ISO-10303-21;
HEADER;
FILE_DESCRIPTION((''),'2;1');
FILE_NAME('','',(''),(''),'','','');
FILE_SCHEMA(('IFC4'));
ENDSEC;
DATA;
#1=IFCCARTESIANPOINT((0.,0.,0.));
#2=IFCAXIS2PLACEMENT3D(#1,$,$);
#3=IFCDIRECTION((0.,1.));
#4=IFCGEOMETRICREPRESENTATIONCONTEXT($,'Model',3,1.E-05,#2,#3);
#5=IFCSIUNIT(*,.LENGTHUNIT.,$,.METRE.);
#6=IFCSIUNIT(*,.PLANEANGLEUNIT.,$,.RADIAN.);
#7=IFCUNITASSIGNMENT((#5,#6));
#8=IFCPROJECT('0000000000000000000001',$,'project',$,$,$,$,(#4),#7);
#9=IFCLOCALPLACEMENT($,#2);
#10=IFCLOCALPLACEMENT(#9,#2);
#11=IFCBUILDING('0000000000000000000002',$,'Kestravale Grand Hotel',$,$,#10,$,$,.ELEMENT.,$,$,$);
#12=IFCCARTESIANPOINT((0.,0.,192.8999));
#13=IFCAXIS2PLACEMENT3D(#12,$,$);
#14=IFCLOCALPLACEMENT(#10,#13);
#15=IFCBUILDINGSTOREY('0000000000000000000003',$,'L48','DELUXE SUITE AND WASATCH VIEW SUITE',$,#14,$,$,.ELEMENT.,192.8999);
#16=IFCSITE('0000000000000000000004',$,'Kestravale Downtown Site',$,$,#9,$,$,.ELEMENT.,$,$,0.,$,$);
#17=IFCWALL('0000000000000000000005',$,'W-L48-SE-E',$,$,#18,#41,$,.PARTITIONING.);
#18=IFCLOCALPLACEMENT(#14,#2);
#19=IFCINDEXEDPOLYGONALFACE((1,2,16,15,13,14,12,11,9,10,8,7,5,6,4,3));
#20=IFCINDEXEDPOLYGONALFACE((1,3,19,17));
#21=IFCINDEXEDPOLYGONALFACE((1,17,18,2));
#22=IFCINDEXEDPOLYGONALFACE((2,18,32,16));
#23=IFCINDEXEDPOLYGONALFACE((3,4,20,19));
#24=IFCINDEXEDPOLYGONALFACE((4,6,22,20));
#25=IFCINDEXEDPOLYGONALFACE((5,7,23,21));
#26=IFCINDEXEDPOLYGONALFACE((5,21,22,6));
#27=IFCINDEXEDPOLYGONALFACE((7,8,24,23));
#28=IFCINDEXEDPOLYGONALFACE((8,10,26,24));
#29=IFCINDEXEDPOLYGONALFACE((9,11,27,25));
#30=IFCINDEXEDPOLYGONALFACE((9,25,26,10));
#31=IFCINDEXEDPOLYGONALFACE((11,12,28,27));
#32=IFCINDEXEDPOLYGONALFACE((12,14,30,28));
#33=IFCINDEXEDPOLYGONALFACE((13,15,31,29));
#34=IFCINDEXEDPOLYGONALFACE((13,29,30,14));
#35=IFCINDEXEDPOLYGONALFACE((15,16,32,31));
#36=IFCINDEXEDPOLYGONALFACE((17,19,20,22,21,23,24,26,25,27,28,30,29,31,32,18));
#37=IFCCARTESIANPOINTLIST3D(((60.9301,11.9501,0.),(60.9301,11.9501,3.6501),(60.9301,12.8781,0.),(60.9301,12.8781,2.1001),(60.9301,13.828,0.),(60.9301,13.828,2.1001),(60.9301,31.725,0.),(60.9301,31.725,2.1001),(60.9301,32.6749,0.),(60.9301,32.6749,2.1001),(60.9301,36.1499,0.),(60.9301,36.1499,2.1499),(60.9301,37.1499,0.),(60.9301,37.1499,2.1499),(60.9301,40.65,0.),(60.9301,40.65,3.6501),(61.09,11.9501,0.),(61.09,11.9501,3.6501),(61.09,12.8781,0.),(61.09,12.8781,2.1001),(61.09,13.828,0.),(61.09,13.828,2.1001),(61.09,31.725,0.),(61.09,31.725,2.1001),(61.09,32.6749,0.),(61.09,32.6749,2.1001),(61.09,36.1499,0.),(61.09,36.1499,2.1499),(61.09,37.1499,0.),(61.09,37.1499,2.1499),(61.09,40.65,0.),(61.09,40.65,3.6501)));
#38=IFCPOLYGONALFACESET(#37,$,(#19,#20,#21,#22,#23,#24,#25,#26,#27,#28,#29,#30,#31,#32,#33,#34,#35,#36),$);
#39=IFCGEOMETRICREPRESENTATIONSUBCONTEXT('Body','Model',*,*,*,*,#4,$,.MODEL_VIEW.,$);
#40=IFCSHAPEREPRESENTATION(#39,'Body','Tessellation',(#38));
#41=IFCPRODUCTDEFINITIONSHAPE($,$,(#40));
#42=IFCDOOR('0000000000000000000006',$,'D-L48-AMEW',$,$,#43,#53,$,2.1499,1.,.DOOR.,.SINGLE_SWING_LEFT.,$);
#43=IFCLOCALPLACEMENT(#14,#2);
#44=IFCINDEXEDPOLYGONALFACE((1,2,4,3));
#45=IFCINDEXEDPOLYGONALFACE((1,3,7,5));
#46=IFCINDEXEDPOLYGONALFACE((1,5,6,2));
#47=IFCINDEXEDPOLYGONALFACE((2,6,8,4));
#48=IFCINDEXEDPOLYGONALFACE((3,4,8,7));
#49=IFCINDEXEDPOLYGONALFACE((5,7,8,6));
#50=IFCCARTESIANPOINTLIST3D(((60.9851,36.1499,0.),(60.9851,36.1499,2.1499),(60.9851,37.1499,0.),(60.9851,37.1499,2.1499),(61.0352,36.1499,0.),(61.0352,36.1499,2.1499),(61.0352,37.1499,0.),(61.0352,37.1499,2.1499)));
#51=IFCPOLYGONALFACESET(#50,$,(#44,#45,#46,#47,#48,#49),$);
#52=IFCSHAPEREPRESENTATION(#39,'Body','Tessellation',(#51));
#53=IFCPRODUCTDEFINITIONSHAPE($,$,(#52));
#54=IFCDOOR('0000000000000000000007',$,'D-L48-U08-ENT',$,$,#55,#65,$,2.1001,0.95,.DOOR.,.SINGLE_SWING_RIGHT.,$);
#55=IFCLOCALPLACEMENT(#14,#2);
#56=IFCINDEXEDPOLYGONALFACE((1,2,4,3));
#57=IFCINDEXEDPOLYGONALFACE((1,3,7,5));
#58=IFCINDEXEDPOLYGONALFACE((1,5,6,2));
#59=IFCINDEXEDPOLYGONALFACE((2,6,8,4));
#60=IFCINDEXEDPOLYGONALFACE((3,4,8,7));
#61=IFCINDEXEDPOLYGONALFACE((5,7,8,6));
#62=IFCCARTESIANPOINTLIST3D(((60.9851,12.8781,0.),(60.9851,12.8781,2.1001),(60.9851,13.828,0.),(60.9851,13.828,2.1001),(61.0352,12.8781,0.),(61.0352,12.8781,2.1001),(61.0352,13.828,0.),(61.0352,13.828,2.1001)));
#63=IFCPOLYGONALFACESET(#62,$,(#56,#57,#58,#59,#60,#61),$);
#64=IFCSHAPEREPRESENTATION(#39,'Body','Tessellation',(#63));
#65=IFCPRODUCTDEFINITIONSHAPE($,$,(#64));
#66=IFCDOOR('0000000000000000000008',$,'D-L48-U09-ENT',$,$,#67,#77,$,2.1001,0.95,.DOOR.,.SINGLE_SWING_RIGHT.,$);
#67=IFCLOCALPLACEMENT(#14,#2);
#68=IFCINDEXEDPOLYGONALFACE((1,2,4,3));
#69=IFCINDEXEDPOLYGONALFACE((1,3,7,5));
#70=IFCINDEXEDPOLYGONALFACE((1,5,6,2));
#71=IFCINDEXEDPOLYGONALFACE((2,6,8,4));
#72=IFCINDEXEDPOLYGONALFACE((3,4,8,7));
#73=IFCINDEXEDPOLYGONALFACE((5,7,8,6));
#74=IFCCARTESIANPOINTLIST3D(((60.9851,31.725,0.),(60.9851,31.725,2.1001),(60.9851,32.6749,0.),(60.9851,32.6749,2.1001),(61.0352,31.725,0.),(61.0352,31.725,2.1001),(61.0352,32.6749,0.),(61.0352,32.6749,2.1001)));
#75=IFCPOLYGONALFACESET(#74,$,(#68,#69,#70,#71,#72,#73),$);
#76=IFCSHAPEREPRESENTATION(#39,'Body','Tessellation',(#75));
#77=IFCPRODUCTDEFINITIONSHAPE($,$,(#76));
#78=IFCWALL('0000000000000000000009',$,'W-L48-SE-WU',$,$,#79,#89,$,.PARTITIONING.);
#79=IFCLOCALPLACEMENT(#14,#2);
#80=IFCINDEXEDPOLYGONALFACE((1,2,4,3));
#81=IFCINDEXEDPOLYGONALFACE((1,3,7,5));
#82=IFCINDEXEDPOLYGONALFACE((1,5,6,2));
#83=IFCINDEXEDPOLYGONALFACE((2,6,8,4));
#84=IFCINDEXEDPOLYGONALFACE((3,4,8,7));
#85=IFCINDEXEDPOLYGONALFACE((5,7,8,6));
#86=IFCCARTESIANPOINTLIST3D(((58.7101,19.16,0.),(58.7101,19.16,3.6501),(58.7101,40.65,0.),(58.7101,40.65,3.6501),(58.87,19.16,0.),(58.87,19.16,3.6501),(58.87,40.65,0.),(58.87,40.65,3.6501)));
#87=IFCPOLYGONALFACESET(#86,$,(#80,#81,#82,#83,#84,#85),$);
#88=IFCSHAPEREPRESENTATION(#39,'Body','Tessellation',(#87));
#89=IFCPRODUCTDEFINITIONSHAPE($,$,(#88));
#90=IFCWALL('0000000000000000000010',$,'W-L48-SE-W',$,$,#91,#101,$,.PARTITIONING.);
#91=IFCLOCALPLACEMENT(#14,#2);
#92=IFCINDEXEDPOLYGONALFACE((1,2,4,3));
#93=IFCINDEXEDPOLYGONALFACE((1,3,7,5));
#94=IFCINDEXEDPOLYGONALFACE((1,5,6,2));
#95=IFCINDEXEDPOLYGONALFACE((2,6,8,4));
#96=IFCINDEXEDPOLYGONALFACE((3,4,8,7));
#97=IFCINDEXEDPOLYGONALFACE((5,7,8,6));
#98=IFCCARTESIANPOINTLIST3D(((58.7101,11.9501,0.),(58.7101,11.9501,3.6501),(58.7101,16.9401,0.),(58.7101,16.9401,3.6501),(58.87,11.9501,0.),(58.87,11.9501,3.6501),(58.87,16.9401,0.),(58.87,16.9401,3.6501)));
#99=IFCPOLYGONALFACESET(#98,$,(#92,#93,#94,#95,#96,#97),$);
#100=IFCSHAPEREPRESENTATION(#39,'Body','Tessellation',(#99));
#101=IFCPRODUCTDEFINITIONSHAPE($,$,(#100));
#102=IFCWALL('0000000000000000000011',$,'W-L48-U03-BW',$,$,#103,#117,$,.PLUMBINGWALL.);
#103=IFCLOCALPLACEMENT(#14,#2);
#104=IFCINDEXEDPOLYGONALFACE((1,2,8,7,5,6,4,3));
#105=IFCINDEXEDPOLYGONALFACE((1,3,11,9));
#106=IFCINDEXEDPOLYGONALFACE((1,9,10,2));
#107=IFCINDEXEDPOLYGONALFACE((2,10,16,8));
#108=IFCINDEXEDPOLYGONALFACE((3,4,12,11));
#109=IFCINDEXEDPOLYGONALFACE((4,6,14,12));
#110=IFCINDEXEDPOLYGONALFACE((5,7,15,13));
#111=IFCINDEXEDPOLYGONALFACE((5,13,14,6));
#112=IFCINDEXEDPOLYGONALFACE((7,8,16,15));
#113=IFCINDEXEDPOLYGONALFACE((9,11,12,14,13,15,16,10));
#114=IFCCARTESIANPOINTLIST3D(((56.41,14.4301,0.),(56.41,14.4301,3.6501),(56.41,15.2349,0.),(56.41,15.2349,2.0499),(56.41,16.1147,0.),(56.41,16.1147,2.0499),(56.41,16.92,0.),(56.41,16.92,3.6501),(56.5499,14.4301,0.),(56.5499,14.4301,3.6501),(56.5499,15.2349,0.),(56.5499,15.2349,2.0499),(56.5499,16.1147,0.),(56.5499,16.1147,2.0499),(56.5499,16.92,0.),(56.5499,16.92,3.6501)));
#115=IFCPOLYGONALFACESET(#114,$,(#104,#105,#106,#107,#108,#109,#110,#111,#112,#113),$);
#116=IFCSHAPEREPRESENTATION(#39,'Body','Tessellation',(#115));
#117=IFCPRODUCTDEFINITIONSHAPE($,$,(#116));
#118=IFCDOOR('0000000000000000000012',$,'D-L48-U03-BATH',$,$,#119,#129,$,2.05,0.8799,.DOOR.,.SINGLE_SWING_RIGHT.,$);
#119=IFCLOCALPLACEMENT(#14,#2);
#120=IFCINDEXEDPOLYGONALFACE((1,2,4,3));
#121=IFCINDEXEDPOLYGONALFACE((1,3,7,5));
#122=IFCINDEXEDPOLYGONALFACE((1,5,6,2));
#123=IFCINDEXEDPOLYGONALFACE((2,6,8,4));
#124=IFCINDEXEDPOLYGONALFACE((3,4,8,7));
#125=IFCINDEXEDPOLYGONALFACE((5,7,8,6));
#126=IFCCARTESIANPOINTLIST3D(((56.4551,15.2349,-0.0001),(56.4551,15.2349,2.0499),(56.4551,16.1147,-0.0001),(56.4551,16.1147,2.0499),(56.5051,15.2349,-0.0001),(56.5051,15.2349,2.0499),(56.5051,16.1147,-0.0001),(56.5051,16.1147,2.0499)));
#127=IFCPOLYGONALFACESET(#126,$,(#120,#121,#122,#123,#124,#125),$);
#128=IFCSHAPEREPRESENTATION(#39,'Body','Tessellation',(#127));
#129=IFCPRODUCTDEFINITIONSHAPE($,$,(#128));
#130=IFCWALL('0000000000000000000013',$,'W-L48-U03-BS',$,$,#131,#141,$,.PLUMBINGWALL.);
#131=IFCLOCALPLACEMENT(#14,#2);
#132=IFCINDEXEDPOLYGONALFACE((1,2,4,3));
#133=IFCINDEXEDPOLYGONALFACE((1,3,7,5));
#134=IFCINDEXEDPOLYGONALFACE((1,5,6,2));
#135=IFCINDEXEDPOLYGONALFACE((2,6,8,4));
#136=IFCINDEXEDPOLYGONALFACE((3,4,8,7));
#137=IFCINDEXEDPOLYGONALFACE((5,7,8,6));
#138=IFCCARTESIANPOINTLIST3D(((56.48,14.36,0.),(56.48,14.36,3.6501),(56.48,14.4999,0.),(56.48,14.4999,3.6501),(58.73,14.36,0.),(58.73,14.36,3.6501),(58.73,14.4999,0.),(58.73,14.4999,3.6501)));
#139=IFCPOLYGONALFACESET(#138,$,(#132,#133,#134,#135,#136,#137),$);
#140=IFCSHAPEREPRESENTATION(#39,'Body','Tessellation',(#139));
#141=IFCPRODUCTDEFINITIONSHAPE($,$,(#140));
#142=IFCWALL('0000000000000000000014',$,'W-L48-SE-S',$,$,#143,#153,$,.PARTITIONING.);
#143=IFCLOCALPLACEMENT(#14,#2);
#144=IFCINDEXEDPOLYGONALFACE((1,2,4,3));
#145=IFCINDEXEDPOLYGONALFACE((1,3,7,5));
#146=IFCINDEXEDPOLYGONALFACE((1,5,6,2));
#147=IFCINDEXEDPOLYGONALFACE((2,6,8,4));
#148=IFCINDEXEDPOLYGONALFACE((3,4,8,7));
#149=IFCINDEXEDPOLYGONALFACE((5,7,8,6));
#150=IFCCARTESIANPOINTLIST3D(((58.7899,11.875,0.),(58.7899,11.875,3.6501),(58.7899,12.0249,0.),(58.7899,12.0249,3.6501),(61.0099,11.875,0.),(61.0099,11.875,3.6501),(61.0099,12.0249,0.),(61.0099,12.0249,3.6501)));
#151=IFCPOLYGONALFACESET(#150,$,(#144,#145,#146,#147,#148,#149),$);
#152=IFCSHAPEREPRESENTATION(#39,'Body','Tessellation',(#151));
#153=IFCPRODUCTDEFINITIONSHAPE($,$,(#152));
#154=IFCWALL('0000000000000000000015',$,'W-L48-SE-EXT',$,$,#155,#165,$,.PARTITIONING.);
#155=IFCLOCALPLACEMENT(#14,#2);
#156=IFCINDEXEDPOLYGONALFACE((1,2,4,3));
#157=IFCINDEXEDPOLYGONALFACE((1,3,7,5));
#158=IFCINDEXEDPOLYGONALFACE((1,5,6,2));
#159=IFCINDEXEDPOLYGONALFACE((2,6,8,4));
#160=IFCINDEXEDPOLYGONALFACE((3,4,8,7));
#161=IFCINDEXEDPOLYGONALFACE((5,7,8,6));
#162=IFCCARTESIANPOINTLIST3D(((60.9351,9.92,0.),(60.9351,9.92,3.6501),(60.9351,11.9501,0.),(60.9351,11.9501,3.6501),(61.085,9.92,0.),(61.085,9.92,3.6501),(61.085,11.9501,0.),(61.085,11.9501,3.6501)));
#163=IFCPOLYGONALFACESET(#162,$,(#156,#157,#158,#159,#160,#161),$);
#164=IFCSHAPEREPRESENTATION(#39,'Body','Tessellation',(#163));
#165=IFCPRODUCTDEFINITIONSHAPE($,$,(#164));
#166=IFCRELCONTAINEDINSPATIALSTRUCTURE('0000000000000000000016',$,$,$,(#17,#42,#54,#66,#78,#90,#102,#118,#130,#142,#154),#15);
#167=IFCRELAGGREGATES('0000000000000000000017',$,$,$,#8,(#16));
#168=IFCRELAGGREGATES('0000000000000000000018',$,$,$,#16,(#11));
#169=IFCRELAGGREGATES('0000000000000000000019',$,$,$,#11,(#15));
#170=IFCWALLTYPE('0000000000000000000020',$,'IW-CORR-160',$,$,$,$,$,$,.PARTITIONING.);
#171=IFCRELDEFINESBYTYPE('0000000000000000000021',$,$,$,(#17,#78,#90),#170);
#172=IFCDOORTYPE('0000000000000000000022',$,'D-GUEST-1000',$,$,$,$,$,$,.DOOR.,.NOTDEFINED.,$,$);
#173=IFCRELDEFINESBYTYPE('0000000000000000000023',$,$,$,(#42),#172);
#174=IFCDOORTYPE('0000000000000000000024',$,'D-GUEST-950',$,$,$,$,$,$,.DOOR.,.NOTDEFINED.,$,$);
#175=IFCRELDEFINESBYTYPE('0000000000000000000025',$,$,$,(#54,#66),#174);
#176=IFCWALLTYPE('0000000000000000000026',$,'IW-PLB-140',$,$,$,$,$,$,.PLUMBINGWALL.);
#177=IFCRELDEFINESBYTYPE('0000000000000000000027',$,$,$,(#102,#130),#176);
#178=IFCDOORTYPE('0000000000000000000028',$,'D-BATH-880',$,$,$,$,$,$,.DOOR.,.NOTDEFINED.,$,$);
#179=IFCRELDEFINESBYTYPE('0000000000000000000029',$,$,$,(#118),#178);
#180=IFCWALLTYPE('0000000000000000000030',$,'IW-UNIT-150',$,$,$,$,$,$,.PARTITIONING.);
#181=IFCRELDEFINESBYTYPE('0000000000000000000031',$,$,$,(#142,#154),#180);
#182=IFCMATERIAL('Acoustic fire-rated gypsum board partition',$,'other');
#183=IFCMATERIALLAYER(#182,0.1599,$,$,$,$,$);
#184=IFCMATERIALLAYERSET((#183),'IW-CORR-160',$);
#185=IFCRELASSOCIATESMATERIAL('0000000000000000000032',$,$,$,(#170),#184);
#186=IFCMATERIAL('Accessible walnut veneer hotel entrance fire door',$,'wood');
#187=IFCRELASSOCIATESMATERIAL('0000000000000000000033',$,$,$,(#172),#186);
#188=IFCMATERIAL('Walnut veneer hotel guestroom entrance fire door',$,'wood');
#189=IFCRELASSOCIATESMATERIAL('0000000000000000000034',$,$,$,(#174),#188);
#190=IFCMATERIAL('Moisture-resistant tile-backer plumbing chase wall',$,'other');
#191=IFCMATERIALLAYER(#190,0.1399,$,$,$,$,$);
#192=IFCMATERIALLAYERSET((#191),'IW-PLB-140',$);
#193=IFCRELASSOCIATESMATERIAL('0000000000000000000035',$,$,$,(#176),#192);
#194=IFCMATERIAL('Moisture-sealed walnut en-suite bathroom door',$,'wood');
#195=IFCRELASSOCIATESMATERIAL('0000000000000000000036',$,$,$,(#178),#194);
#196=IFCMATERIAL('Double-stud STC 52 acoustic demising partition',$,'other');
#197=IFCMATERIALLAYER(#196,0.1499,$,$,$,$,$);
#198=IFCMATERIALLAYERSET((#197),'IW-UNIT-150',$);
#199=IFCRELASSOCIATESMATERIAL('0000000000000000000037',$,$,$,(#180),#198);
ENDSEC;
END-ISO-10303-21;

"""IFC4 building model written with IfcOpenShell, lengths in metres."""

from ifc_helpers import new_model, si_unit, direction, frame, frame_2d, origin, place, context, subcontext, project, spatial, rectangle, extrude, material, layer, layer_set, type_object, element, fill, save


model = new_model("IFC4")

# Units and contexts
model_context = context("Model", 3, precision=1e-05, world=origin(), true_north=direction((0.0, 1.0)))
body_context = subcontext(model_context, "Body", "Model", "MODEL_VIEW")
ifc_project = project(units=[si_unit("LENGTHUNIT", "METRE"), si_unit("PLANEANGLEUNIT", "RADIAN")], contexts=[model_context])

# Site, building, storey
site_placement = place(None, origin())
site = spatial("IfcSite", under=ifc_project, at=site_placement, Name="Kestravale Downtown Site", CompositionType="ELEMENT", RefElevation=0.0)
building_placement = place(site_placement, origin())
building = spatial("IfcBuilding", under=site, at=building_placement, Name="Kestravale Grand Hotel", CompositionType="ELEMENT")
storey_placement = place(building_placement, frame((0.0, 0.0, 192.8999)))
storey = spatial("IfcBuildingStorey", under=building, at=storey_placement, Name="L48", Description="DELUXE SUITE AND WASATCH VIEW SUITE", CompositionType="ELEMENT", Elevation=192.8999)

# Wall, openings, doors
ifc_material_1 = material(Name="Acoustic fire-rated gypsum board partition", Category="other")
ifc_layer_1 = layer(ifc_material_1, 0.1599)
ifc_layer_set_1 = layer_set([ifc_layer_1], Name="IW-CORR-160")
wall_type_1 = type_object("IfcWallType", Name="IW-CORR-160", PredefinedType="PARTITIONING", material=ifc_layer_set_1)
wall_1_placement = place(storey_placement, frame((61.01, 11.95, 0.0), z_axis=(0.0, 0.0, 1.0), x_axis=(0.0, 1.0, 0.0)))
wall_1 = element("IfcWall", 1, at=wall_1_placement, inside=storey, type_object=wall_type_1, Name="W-L48-SE-E", PredefinedType="PARTITIONING", context=body_context, shape_type="SweptSolid", body=[
    extrude(rectangle(XDim=28.7, YDim=0.1599, at=frame_2d((14.3501, 0.0))), origin(), (0.0, 0.0, 1.0), 3.6501),
])
opening_1_placement = place(wall_1_placement, frame((0.928, 0.0, 0.0)))
opening_1 = element("IfcOpeningElement", 2, at=opening_1_placement, cuts=wall_1, PredefinedType="OPENING", context=body_context, shape_type="SweptSolid", body=[
    extrude(rectangle(XDim=0.95, YDim=2.1001, at=frame_2d((0.4751, 1.05))), frame((0.0, 0.0898, 0.0), z_axis=(0.0, -1.0, 0.0), x_axis=(1.0, 0.0, 0.0)), (0.0, 0.0, 1.0), 0.1799),
])
opening_2_placement = place(wall_1_placement, frame((19.7749, 0.0, 0.0)))
opening_2 = element("IfcOpeningElement", 3, at=opening_2_placement, cuts=wall_1, PredefinedType="OPENING", context=body_context, shape_type="SweptSolid", body=[
    extrude(rectangle(XDim=0.95, YDim=2.1001, at=frame_2d((0.4751, 1.05))), frame((0.0, 0.0898, 0.0), z_axis=(0.0, -1.0, 0.0), x_axis=(1.0, 0.0, 0.0)), (0.0, 0.0, 1.0), 0.1799),
])
opening_3_placement = place(wall_1_placement, frame((24.2, 0.0, 0.0)))
opening_3 = element("IfcOpeningElement", 4, at=opening_3_placement, cuts=wall_1, PredefinedType="OPENING", context=body_context, shape_type="SweptSolid", body=[
    extrude(rectangle(XDim=1.0, YDim=2.1499, at=frame_2d((0.5, 1.075))), frame((0.0, 0.0898, 0.0), z_axis=(0.0, -1.0, 0.0), x_axis=(1.0, 0.0, 0.0)), (0.0, 0.0, 1.0), 0.1799),
])
ifc_material_2 = material(Name="Accessible walnut veneer hotel entrance fire door", Category="wood")
door_type_1 = type_object("IfcDoorType", Name="D-GUEST-1000", OperationType="NOTDEFINED", PredefinedType="DOOR", material=ifc_material_2)
door_1_placement = place(opening_3_placement, origin())
door_1 = element("IfcDoor", 5, at=door_1_placement, inside=storey, type_object=door_type_1, Name="D-L48-AMEW", OperationType="SINGLE_SWING_LEFT", OverallHeight=2.1499, OverallWidth=1.0, PredefinedType="DOOR", context=body_context, shape_type="SweptSolid", body=[
    extrude(rectangle(XDim=1.0, YDim=2.1499, at=frame_2d((0.5, 1.075))), frame((0.0, 0.0249, 0.0), z_axis=(0.0, -1.0, 0.0), x_axis=(1.0, 0.0, 0.0)), (0.0, 0.0, 1.0), 0.05),
])
fill(opening_3, door_1)
ifc_material_3 = material(Name="Walnut veneer hotel guestroom entrance fire door", Category="wood")
door_type_2 = type_object("IfcDoorType", Name="D-GUEST-950", OperationType="NOTDEFINED", PredefinedType="DOOR", material=ifc_material_3)
door_2_placement = place(opening_1_placement, origin())
door_2 = element("IfcDoor", 6, at=door_2_placement, inside=storey, type_object=door_type_2, Name="D-L48-U08-ENT", OperationType="SINGLE_SWING_RIGHT", OverallHeight=2.1001, OverallWidth=0.95, PredefinedType="DOOR", context=body_context, shape_type="SweptSolid", body=[
    extrude(rectangle(XDim=0.95, YDim=2.1001, at=frame_2d((0.4751, 1.05))), frame((0.0, 0.0249, 0.0), z_axis=(0.0, -1.0, 0.0), x_axis=(1.0, 0.0, 0.0)), (0.0, 0.0, 1.0), 0.05),
])
fill(opening_1, door_2)
door_3_placement = place(opening_2_placement, origin())
door_3 = element("IfcDoor", 7, at=door_3_placement, inside=storey, type_object=door_type_2, Name="D-L48-U09-ENT", OperationType="SINGLE_SWING_RIGHT", OverallHeight=2.1001, OverallWidth=0.95, PredefinedType="DOOR", context=body_context, shape_type="SweptSolid", body=[
    extrude(rectangle(XDim=0.95, YDim=2.1001, at=frame_2d((0.4751, 1.05))), frame((0.0, 0.0249, 0.0), z_axis=(0.0, -1.0, 0.0), x_axis=(1.0, 0.0, 0.0)), (0.0, 0.0, 1.0), 0.05),
])
fill(opening_2, door_3)

# Walls
wall_2_placement = place(storey_placement, frame((58.79, 19.1599, 0.0), z_axis=(0.0, 0.0, 1.0), x_axis=(0.0, 1.0, 0.0)))
element("IfcWall", 8, at=wall_2_placement, inside=storey, type_object=wall_type_1, Name="W-L48-SE-WU", PredefinedType="PARTITIONING", context=body_context, shape_type="SweptSolid", body=[
    extrude(rectangle(XDim=21.49, YDim=0.1599, at=frame_2d((10.7451, 0.0))), origin(), (0.0, 0.0, 1.0), 3.6501),
])
wall_3_placement = place(storey_placement, frame((58.79, 11.95, 0.0), z_axis=(0.0, 0.0, 1.0), x_axis=(0.0, 1.0, 0.0)))
element("IfcWall", 9, at=wall_3_placement, inside=storey, type_object=wall_type_1, Name="W-L48-SE-W", PredefinedType="PARTITIONING", context=body_context, shape_type="SweptSolid", body=[
    extrude(rectangle(XDim=4.99, YDim=0.1599, at=frame_2d((2.4951, 0.0))), origin(), (0.0, 0.0, 1.0), 3.6501),
])

# Wall, opening, door
ifc_material_4 = material(Name="Moisture-resistant tile-backer plumbing chase wall", Category="other")
ifc_layer_2 = layer(ifc_material_4, 0.1399)
ifc_layer_set_2 = layer_set([ifc_layer_2], Name="IW-PLB-140")
wall_type_2 = type_object("IfcWallType", Name="IW-PLB-140", PredefinedType="PLUMBINGWALL", material=ifc_layer_set_2)
wall_4_placement = place(storey_placement, frame((56.48, 14.4299, 0.0), z_axis=(0.0, 0.0, 1.0), x_axis=(0.0, 1.0, 0.0)))
wall_4 = element("IfcWall", 10, at=wall_4_placement, inside=storey, type_object=wall_type_2, Name="W-L48-U03-BW", PredefinedType="PLUMBINGWALL", context=body_context, shape_type="SweptSolid", body=[
    extrude(rectangle(XDim=2.49, YDim=0.1399, at=frame_2d((1.2451, 0.0))), origin(), (0.0, 0.0, 1.0), 3.6501),
])
opening_4_placement = place(wall_4_placement, frame((0.8049, 0.0, 0.0)))
opening_4 = element("IfcOpeningElement", 11, at=opening_4_placement, cuts=wall_4, PredefinedType="OPENING", context=body_context, shape_type="SweptSolid", body=[
    extrude(rectangle(XDim=0.8799, YDim=2.05, at=frame_2d((0.4399, 1.0249))), frame((0.0, 0.0798, 0.0), z_axis=(0.0, -1.0, 0.0), x_axis=(1.0, 0.0, 0.0)), (0.0, 0.0, 1.0), 0.1599),
])
ifc_material_5 = material(Name="Moisture-sealed walnut en-suite bathroom door", Category="wood")
door_type_3 = type_object("IfcDoorType", Name="D-BATH-880", OperationType="NOTDEFINED", PredefinedType="DOOR", material=ifc_material_5)
door_4_placement = place(opening_4_placement, origin())
door_4 = element("IfcDoor", 12, at=door_4_placement, inside=storey, type_object=door_type_3, Name="D-L48-U03-BATH", OperationType="SINGLE_SWING_RIGHT", OverallHeight=2.05, OverallWidth=0.8799, PredefinedType="DOOR", context=body_context, shape_type="SweptSolid", body=[
    extrude(rectangle(XDim=0.8799, YDim=2.05, at=frame_2d((0.4399, 1.0249))), frame((0.0, 0.0249, 0.0), z_axis=(0.0, -1.0, 0.0), x_axis=(1.0, 0.0, 0.0)), (0.0, 0.0, 1.0), 0.05),
])
fill(opening_4, door_4)

# Walls
wall_5_placement = place(storey_placement, frame((56.48, 14.4299, 0.0), z_axis=(0.0, 0.0, 1.0), x_axis=(1.0, 0.0, 0.0)))
element("IfcWall", 13, at=wall_5_placement, inside=storey, type_object=wall_type_2, Name="W-L48-U03-BS", PredefinedType="PLUMBINGWALL", context=body_context, shape_type="SweptSolid", body=[
    extrude(rectangle(XDim=2.25, YDim=0.1399, at=frame_2d((1.125, 0.0))), origin(), (0.0, 0.0, 1.0), 3.6501),
])
ifc_material_6 = material(Name="Double-stud STC 52 acoustic demising partition", Category="other")
ifc_layer_3 = layer(ifc_material_6, 0.1499)
ifc_layer_set_3 = layer_set([ifc_layer_3], Name="IW-UNIT-150")
wall_type_3 = type_object("IfcWallType", Name="IW-UNIT-150", PredefinedType="PARTITIONING", material=ifc_layer_set_3)
wall_6_placement = place(storey_placement, frame((58.79, 11.95, 0.0), z_axis=(0.0, 0.0, 1.0), x_axis=(1.0, 0.0, 0.0)))
element("IfcWall", 14, at=wall_6_placement, inside=storey, type_object=wall_type_3, Name="W-L48-SE-S", PredefinedType="PARTITIONING", context=body_context, shape_type="SweptSolid", body=[
    extrude(rectangle(XDim=2.22, YDim=0.1499, at=frame_2d((1.1099, 0.0))), origin(), (0.0, 0.0, 1.0), 3.6501),
])
wall_7_placement = place(storey_placement, frame((61.01, 9.9199, 0.0), z_axis=(0.0, 0.0, 1.0), x_axis=(0.0, 1.0, 0.0)))
element("IfcWall", 15, at=wall_7_placement, inside=storey, type_object=wall_type_3, Name="W-L48-SE-EXT", PredefinedType="PARTITIONING", context=body_context, shape_type="SweptSolid", body=[
    extrude(rectangle(XDim=2.03, YDim=0.1499, at=frame_2d((1.0151, 0.0))), origin(), (0.0, 0.0, 1.0), 3.6501),
])

save(model, "model.ifc")
